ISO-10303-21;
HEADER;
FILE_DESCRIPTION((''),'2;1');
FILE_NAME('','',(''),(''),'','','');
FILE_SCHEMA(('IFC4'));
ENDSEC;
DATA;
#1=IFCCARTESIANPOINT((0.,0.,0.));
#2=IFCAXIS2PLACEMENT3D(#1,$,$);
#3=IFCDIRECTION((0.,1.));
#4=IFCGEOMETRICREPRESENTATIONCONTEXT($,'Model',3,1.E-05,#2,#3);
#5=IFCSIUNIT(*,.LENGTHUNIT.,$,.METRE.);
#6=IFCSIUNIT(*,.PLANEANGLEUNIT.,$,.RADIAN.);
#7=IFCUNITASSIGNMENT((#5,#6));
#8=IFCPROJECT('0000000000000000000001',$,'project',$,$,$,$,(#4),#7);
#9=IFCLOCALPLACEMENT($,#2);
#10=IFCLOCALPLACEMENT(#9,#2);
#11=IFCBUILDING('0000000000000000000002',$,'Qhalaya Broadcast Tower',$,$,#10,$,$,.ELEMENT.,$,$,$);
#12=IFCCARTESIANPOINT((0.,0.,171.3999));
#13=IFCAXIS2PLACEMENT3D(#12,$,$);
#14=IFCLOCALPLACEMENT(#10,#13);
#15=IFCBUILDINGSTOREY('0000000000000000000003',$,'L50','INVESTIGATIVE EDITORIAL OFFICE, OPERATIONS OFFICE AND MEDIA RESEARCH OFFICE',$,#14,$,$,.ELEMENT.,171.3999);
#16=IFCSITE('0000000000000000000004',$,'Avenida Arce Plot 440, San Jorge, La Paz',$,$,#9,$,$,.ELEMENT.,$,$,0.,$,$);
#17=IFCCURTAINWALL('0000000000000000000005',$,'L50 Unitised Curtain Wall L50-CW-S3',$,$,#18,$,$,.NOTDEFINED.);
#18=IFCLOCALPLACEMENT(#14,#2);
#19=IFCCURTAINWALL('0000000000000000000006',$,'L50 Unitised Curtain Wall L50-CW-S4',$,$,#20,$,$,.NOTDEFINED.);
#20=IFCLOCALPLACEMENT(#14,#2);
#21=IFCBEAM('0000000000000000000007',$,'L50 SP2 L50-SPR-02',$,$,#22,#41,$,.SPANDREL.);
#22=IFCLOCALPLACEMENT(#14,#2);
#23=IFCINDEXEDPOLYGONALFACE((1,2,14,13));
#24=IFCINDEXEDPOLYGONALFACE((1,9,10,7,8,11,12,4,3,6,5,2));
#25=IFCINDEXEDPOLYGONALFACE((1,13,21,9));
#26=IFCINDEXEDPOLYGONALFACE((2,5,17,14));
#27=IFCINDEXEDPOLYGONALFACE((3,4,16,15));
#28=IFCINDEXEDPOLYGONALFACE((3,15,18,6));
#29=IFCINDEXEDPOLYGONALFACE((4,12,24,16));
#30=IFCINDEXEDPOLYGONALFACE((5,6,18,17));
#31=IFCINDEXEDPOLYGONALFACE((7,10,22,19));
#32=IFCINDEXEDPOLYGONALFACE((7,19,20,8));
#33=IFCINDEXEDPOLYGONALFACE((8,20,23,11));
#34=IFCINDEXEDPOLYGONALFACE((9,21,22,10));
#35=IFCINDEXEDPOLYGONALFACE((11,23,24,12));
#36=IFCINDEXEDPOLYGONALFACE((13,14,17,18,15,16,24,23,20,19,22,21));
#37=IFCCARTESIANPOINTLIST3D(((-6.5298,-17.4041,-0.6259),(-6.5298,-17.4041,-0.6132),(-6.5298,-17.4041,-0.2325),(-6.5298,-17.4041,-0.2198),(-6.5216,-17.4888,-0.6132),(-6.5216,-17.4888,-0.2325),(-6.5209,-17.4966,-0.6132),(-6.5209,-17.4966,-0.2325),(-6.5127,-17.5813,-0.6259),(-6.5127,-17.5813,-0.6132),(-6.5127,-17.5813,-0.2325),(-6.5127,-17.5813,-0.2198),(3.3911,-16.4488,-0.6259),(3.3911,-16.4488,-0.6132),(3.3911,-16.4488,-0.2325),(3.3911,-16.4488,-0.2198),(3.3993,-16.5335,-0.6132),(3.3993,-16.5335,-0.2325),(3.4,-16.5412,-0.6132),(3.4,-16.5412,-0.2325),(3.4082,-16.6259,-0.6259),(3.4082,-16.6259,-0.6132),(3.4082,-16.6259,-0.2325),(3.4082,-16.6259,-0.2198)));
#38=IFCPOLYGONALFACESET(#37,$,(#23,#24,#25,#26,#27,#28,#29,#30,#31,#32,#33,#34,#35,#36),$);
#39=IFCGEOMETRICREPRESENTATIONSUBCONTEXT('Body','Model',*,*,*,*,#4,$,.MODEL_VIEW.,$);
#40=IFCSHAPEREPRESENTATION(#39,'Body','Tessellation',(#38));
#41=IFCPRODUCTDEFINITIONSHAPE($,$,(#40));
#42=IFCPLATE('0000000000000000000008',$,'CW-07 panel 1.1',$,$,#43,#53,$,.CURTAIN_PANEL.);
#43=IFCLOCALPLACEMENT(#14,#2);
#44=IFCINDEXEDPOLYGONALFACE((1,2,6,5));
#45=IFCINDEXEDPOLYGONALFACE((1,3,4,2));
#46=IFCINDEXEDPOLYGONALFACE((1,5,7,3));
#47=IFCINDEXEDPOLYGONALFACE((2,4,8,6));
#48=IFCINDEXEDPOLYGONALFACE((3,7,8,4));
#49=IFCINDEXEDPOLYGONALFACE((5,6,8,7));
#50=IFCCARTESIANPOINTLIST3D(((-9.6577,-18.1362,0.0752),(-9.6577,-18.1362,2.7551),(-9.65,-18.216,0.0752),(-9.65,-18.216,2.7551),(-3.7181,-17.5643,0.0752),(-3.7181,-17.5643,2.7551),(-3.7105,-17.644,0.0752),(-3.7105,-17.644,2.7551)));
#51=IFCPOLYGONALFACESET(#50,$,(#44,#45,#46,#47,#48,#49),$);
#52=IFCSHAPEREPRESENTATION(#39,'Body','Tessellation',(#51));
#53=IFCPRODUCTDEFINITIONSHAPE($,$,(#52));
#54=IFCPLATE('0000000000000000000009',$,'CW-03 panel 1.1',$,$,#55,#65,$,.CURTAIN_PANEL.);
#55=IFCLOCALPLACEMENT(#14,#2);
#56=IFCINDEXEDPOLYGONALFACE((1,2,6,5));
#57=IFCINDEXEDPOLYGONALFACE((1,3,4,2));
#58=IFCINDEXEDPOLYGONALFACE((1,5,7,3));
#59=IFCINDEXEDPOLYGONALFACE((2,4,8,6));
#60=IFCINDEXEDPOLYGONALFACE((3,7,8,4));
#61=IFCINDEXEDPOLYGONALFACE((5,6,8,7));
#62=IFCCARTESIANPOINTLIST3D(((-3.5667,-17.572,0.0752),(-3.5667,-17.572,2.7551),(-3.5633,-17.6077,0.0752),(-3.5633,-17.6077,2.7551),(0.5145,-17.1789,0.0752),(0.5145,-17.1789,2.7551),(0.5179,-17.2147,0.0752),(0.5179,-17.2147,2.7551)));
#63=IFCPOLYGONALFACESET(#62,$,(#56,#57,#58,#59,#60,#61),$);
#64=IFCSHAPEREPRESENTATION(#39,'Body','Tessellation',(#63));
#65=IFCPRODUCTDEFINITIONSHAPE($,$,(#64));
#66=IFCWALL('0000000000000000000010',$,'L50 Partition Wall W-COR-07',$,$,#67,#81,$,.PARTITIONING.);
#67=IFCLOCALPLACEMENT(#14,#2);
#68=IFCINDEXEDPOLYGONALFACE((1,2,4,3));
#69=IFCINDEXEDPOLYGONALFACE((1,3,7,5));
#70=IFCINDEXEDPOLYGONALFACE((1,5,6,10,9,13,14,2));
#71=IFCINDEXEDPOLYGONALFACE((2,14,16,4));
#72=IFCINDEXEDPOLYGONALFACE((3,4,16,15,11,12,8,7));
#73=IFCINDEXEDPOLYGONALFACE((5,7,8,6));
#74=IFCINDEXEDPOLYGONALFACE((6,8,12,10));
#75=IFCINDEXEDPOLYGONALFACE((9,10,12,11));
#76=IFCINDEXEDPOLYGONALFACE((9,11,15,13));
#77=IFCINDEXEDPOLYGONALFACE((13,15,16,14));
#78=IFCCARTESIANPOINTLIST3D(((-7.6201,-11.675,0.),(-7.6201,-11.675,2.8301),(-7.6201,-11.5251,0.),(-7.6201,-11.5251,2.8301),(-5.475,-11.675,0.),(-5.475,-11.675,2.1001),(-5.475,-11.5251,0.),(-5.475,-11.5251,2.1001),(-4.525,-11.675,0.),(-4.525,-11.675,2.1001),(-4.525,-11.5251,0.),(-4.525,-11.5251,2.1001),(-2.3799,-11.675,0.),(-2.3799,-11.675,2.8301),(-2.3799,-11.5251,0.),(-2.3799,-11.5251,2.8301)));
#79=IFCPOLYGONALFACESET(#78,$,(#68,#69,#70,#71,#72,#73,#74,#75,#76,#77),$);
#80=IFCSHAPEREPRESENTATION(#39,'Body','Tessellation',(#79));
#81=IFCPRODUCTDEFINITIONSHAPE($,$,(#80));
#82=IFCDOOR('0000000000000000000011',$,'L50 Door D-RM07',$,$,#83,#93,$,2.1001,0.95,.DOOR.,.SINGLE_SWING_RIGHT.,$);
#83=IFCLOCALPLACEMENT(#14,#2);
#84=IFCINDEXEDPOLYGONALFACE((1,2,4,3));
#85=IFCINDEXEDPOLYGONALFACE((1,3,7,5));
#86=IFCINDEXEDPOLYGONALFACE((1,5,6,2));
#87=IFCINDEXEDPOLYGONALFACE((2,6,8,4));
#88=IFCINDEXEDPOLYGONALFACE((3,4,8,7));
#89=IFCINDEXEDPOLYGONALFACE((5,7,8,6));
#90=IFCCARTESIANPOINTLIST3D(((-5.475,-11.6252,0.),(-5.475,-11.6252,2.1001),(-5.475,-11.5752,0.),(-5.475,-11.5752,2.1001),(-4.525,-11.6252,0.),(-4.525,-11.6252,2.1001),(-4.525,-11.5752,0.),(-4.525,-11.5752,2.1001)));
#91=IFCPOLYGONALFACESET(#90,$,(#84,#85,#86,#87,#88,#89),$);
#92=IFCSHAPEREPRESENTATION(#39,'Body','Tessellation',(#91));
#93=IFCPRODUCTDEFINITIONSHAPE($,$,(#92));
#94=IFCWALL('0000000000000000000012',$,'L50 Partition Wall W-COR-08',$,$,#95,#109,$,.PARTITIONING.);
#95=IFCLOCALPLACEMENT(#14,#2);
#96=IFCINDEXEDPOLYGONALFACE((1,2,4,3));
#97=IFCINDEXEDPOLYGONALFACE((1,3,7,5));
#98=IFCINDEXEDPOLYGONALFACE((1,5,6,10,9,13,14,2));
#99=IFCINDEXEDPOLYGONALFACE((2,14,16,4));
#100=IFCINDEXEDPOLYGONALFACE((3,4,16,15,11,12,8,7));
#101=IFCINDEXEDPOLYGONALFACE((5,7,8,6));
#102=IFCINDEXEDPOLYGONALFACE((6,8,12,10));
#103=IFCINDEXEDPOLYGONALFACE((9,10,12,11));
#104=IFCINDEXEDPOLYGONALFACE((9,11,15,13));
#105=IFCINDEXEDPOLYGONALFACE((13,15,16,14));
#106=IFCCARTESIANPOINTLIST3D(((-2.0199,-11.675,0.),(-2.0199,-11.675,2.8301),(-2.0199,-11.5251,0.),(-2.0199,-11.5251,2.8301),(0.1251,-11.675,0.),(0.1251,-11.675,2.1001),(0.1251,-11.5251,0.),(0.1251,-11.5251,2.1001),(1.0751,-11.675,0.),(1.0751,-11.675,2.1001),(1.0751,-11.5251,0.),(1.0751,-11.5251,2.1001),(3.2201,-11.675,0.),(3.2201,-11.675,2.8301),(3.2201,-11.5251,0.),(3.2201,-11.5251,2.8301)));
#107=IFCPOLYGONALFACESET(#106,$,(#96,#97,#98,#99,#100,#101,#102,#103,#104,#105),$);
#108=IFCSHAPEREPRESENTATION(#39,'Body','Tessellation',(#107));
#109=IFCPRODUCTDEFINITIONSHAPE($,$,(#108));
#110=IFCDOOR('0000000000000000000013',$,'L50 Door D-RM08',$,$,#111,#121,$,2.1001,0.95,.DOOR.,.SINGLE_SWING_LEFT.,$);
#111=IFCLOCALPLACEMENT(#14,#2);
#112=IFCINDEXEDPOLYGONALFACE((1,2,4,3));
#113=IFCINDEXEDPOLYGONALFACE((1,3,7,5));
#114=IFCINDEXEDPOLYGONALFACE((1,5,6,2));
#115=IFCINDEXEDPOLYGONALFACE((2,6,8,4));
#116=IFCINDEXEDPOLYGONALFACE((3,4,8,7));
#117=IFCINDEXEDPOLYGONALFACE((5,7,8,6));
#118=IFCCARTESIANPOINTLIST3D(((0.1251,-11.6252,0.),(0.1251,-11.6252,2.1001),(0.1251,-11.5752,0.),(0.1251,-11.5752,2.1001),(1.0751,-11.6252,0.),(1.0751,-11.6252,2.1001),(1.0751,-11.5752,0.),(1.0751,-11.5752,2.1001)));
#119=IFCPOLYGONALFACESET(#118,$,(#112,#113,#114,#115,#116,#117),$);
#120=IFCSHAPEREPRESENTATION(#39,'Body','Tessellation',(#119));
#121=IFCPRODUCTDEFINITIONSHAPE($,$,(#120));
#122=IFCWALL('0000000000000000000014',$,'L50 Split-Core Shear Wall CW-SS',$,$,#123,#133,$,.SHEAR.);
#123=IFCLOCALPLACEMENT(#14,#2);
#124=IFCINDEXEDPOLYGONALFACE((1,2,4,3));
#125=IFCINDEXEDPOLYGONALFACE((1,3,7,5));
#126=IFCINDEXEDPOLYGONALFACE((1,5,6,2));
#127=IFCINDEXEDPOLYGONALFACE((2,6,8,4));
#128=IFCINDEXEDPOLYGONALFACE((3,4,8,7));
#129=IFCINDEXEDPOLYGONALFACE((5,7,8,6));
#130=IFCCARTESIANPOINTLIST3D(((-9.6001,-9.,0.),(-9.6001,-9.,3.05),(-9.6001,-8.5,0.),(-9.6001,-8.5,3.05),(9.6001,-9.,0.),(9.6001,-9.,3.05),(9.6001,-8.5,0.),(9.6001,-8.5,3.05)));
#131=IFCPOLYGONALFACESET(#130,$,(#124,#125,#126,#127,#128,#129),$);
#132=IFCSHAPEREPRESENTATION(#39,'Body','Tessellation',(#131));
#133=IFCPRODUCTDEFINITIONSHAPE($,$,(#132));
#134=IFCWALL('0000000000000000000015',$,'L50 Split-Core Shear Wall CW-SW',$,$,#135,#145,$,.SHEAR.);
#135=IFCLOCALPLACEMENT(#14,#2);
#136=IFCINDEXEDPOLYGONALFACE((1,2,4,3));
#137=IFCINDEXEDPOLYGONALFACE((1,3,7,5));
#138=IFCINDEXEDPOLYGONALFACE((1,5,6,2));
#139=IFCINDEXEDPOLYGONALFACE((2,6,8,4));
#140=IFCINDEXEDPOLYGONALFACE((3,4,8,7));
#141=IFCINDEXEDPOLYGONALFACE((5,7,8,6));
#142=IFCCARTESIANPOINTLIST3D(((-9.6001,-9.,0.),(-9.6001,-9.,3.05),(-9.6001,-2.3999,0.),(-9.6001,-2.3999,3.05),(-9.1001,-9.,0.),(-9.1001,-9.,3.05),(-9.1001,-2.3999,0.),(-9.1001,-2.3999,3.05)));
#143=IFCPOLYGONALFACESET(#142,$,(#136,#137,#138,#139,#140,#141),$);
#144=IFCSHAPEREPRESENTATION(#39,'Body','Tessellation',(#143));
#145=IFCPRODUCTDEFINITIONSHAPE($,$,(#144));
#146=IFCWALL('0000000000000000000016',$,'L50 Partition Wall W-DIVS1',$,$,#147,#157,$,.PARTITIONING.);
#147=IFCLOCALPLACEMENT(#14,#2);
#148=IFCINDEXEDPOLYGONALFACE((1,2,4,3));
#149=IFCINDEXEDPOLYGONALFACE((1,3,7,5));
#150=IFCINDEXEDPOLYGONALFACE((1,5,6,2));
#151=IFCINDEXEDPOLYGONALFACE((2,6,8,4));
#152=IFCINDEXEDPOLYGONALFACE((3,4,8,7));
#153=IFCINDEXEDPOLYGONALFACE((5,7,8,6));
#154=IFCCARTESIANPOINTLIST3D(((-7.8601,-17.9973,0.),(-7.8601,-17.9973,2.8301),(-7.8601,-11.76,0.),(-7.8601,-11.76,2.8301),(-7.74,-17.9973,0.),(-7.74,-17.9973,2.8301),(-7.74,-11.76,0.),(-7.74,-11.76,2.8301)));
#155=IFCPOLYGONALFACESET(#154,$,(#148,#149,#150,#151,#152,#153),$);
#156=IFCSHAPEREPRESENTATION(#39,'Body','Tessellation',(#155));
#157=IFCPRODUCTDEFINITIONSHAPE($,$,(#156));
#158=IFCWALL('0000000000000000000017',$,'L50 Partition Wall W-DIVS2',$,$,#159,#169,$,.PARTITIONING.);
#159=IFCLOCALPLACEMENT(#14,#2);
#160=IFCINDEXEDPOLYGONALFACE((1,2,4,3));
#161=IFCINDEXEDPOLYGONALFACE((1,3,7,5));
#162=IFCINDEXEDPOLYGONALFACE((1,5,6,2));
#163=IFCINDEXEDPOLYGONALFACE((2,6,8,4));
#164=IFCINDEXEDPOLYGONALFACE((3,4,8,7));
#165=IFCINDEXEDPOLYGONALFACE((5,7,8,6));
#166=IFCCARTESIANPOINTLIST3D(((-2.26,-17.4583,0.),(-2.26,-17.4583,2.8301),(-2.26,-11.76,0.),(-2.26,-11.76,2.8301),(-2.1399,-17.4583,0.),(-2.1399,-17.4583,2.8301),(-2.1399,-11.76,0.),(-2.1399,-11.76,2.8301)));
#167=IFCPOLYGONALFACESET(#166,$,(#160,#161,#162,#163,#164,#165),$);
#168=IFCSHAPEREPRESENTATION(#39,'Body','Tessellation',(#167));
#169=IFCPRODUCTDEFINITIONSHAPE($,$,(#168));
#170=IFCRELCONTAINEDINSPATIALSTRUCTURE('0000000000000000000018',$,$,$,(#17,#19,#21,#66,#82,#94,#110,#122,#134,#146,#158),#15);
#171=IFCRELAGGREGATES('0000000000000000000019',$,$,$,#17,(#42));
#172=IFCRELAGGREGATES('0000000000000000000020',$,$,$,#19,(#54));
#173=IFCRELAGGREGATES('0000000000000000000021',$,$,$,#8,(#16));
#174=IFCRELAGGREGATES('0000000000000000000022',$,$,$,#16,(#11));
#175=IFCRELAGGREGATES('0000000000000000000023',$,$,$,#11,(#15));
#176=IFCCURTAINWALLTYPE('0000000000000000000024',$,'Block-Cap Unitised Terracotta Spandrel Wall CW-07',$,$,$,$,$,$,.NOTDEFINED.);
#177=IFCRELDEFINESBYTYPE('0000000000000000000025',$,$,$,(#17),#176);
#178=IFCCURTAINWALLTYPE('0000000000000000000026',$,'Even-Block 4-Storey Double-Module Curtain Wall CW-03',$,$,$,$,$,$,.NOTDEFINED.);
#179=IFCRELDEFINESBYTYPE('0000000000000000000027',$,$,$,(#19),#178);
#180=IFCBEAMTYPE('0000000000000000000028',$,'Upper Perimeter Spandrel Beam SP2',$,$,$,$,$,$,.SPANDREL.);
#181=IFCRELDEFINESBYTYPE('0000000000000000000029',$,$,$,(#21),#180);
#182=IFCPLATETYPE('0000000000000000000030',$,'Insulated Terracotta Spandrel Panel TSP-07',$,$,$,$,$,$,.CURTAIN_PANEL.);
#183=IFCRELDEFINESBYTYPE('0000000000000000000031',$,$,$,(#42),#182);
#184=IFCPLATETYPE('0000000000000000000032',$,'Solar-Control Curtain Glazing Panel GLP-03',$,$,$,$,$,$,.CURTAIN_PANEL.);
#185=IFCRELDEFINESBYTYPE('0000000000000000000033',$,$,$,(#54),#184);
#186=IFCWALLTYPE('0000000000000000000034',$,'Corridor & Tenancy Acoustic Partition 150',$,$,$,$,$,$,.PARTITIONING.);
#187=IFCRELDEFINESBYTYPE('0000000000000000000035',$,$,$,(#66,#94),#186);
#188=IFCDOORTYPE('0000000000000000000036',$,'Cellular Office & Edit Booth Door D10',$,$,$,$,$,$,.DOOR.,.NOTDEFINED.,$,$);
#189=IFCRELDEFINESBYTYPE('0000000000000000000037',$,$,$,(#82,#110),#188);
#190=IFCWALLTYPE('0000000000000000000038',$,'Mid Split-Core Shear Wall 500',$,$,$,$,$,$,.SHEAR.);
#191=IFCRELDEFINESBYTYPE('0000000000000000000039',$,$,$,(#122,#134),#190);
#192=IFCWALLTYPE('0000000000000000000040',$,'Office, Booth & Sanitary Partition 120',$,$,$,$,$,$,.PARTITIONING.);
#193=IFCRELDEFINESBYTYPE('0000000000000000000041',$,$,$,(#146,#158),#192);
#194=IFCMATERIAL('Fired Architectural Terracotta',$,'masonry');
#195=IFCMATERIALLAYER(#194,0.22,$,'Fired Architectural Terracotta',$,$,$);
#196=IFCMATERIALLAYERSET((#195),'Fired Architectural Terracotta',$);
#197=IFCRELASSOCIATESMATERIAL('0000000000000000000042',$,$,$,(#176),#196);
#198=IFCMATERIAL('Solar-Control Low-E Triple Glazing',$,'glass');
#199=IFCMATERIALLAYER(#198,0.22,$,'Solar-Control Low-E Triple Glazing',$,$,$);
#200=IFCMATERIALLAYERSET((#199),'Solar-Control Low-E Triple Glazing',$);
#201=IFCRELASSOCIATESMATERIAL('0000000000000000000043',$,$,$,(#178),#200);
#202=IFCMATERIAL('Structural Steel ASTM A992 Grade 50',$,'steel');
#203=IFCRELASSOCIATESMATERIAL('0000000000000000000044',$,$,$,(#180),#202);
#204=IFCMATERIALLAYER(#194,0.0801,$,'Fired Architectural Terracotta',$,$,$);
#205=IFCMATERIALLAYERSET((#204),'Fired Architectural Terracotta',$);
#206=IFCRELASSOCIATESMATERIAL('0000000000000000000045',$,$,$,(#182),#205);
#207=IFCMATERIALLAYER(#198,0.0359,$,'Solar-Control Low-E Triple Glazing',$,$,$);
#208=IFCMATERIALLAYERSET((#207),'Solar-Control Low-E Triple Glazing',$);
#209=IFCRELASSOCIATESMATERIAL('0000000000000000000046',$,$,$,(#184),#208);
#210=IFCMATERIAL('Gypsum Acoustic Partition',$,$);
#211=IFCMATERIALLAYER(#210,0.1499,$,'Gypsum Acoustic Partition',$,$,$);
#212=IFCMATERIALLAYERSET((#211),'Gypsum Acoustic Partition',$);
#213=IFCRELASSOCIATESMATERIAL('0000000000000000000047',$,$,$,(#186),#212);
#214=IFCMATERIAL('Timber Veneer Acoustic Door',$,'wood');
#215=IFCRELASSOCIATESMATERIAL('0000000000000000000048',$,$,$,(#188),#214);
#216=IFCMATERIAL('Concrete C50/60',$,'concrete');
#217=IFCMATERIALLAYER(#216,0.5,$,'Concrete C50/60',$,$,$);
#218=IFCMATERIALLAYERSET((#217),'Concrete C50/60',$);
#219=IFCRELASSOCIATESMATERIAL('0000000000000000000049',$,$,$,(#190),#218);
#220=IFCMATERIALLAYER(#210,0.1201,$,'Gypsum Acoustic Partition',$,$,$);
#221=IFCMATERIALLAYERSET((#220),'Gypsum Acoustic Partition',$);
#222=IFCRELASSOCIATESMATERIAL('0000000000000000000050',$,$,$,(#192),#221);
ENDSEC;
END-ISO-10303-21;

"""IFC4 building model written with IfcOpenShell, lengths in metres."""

from ifc_helpers import new_model, si_unit, direction, frame, frame_2d, origin, origin_2d, place, context, subcontext, project, spatial, rectangle, i_section, extrude, material, layer, layer_set, material_profile, profile_set, type_object, element, fill, aggregate, save


model = new_model("IFC4")

# Units and contexts
model_context = context("Model", 3, precision=1e-05, world=origin(), true_north=direction((0.0, 1.0)))
body_context = subcontext(model_context, "Body", "Model", "MODEL_VIEW")
ifc_project = project(units=[si_unit("LENGTHUNIT", "METRE"), si_unit("PLANEANGLEUNIT", "RADIAN")], contexts=[model_context])

# Site, building, storey
site_placement = place(None, origin())
site = spatial("IfcSite", under=ifc_project, at=site_placement, Name="Avenida Arce Plot 440, San Jorge, La Paz", CompositionType="ELEMENT", RefElevation=0.0)
building_placement = place(site_placement, origin())
building = spatial("IfcBuilding", under=site, at=building_placement, Name="Qhalaya Broadcast Tower", CompositionType="ELEMENT")
storey_placement = place(building_placement, frame((0.0, 0.0, 171.3999)))
storey = spatial("IfcBuildingStorey", under=building, at=storey_placement, Name="L50", Description="INVESTIGATIVE EDITORIAL OFFICE, OPERATIONS OFFICE AND MEDIA RESEARCH OFFICE", CompositionType="ELEMENT", Elevation=171.3999)

# Shared definitions
ifc_material_1 = material(Name="Structural Steel ASTM A992 Grade 50", Category="steel")

# Curtain walls
ifc_material_2 = material(Name="Fired Architectural Terracotta", Category="masonry")
ifc_layer_1 = layer(ifc_material_2, 0.22, Name="Fired Architectural Terracotta")
ifc_layer_set_1 = layer_set([ifc_layer_1], Name="Fired Architectural Terracotta")
curtain_wall_type_1 = type_object("IfcCurtainWallType", Name="Block-Cap Unitised Terracotta Spandrel Wall CW-07", PredefinedType="NOTDEFINED", material=ifc_layer_set_1)
curtain_wall_1_placement = place(storey_placement, origin())
curtain_wall_1 = element("IfcCurtainWall", 1, at=curtain_wall_1_placement, inside=storey, type_object=curtain_wall_type_1, Name="L50 Unitised Curtain Wall L50-CW-S3", PredefinedType="NOTDEFINED")
ifc_material_3 = material(Name="Solar-Control Low-E Triple Glazing", Category="glass")
ifc_layer_2 = layer(ifc_material_3, 0.22, Name="Solar-Control Low-E Triple Glazing")
ifc_layer_set_2 = layer_set([ifc_layer_2], Name="Solar-Control Low-E Triple Glazing")
curtain_wall_type_2 = type_object("IfcCurtainWallType", Name="Even-Block 4-Storey Double-Module Curtain Wall CW-03", PredefinedType="NOTDEFINED", material=ifc_layer_set_2)
curtain_wall_2_placement = place(storey_placement, origin())
curtain_wall_2 = element("IfcCurtainWall", 2, at=curtain_wall_2_placement, inside=storey, type_object=curtain_wall_type_2, Name="L50 Unitised Curtain Wall L50-CW-S4", PredefinedType="NOTDEFINED")

# Beam
ifc_material_profile_1 = material_profile(ifc_material_1, i_section(OverallWidth=0.178, OverallDepth=0.406, WebThickness=0.0078, FlangeThickness=0.0127, at=origin_2d()), Name="W16X40")
ifc_profile_set_1 = profile_set([ifc_material_profile_1], Name="Structural Steel ASTM A992 Grade 50")
beam_type_1 = type_object("IfcBeamType", Name="Upper Perimeter Spandrel Beam SP2", PredefinedType="SPANDREL", material=ifc_profile_set_1)
beam_1_placement = place(storey_placement, frame((-6.5212, -17.4927, -0.4229), z_axis=(0.995396, 0.095851, 0.0), x_axis=(-0.095851, 0.995396, 0.0)))
element("IfcBeam", 3, at=beam_1_placement, inside=storey, type_object=beam_type_1, Name="L50 SP2 L50-SPR-02", PredefinedType="SPANDREL", context=body_context, shape_type="SweptSolid", body=[
    extrude(i_section(OverallWidth=0.178, OverallDepth=0.406, WebThickness=0.0078, FlangeThickness=0.0127, at=origin_2d()), origin(), (0.0, 0.0, 1.0), 9.9668),
])

# Plates
ifc_layer_3 = layer(ifc_material_2, 0.0801, Name="Fired Architectural Terracotta")
ifc_layer_set_3 = layer_set([ifc_layer_3], Name="Fired Architectural Terracotta")
plate_type_1 = type_object("IfcPlateType", Name="Insulated Terracotta Spandrel Panel TSP-07", PredefinedType="CURTAIN_PANEL", material=ifc_layer_set_3)
plate_1_placement = place(storey_placement, frame((-6.6841, -17.8901, 0.0752), z_axis=(0.0, 0.0, 1.0), x_axis=(0.995396, 0.095848, 0.0)))
plate_1 = element("IfcPlate", 4, at=plate_1_placement, type_object=plate_type_1, Name="CW-07 panel 1.1", PredefinedType="CURTAIN_PANEL", context=body_context, shape_type="SweptSolid", body=[
    extrude(rectangle(XDim=5.967, YDim=0.0801, at=origin_2d()), origin(), (0.0, 0.0, 1.0), 2.6799),
])
aggregate(curtain_wall_1, [plate_1])
ifc_layer_4 = layer(ifc_material_3, 0.0359, Name="Solar-Control Low-E Triple Glazing")
ifc_layer_set_4 = layer_set([ifc_layer_4], Name="Solar-Control Low-E Triple Glazing")
plate_type_2 = type_object("IfcPlateType", Name="Solar-Control Curtain Glazing Panel GLP-03", PredefinedType="CURTAIN_PANEL", material=ifc_layer_set_4)
plate_2_placement = place(storey_placement, frame((-1.5244, -17.3933, 0.0752), z_axis=(0.0, 0.0, 1.0), x_axis=(0.995395, 0.095857, 0.0)))
plate_2 = element("IfcPlate", 5, at=plate_2_placement, type_object=plate_type_2, Name="CW-03 panel 1.1", PredefinedType="CURTAIN_PANEL", context=body_context, shape_type="SweptSolid", body=[
    extrude(rectangle(XDim=4.1001, YDim=0.0359, at=origin_2d()), origin(), (0.0, 0.0, 1.0), 2.6799),
])
aggregate(curtain_wall_2, [plate_2])

# Walls, openings, doors
ifc_material_4 = material(Name="Gypsum Acoustic Partition")
ifc_layer_5 = layer(ifc_material_4, 0.1499, Name="Gypsum Acoustic Partition")
ifc_layer_set_5 = layer_set([ifc_layer_5], Name="Gypsum Acoustic Partition")
wall_type_1 = type_object("IfcWallType", Name="Corridor & Tenancy Acoustic Partition 150", PredefinedType="PARTITIONING", material=ifc_layer_set_5)
wall_1_placement = place(storey_placement, frame((-7.6201, -11.6001, 0.0), z_axis=(0.0, 0.0, 1.0), x_axis=(1.0, 0.0, 0.0)))
wall_1 = element("IfcWall", 6, at=wall_1_placement, inside=storey, type_object=wall_type_1, Name="L50 Partition Wall W-COR-07", PredefinedType="PARTITIONING", context=body_context, shape_type="SweptSolid", body=[
    extrude(rectangle(XDim=5.2402, YDim=0.1499, at=frame_2d((2.6201, 0.0))), origin(), (0.0, 0.0, 1.0), 2.8301),
])
opening_1_placement = place(wall_1_placement, frame((2.145, 0.0, 0.0)))
opening_1 = element("IfcOpeningElement", 7, at=opening_1_placement, cuts=wall_1, PredefinedType="OPENING", context=body_context, shape_type="SweptSolid", body=[
    extrude(rectangle(XDim=0.95, YDim=2.1001, at=frame_2d((0.4751, 1.05))), frame((0.0, 0.0869, 0.0), z_axis=(0.0, -1.0, 0.0), x_axis=(1.0, 0.0, 0.0)), (0.0, 0.0, 1.0), 0.1738),
])
ifc_material_5 = material(Name="Timber Veneer Acoustic Door", Category="wood")
door_type = type_object("IfcDoorType", Name="Cellular Office & Edit Booth Door D10", OperationType="NOTDEFINED", PredefinedType="DOOR", material=ifc_material_5)
door_1_placement = place(opening_1_placement, origin())
door_1 = element("IfcDoor", 8, at=door_1_placement, inside=storey, type_object=door_type, Name="L50 Door D-RM07", OperationType="SINGLE_SWING_RIGHT", OverallHeight=2.1001, OverallWidth=0.95, PredefinedType="DOOR", context=body_context, shape_type="SweptSolid", body=[
    extrude(rectangle(XDim=0.95, YDim=2.1001, at=frame_2d((0.4751, 1.05))), frame((0.0, 0.0249, 0.0), z_axis=(0.0, -1.0, 0.0), x_axis=(1.0, 0.0, 0.0)), (0.0, 0.0, 1.0), 0.05),
])
fill(opening_1, door_1)
wall_2_placement = place(storey_placement, frame((-2.02, -11.6001, 0.0), z_axis=(0.0, 0.0, 1.0), x_axis=(1.0, 0.0, 0.0)))
wall_2 = element("IfcWall", 9, at=wall_2_placement, inside=storey, type_object=wall_type_1, Name="L50 Partition Wall W-COR-08", PredefinedType="PARTITIONING", context=body_context, shape_type="SweptSolid", body=[
    extrude(rectangle(XDim=5.24, YDim=0.1499, at=frame_2d((2.6201, 0.0))), origin(), (0.0, 0.0, 1.0), 2.8301),
])
opening_2_placement = place(wall_2_placement, frame((2.145, 0.0, 0.0)))
opening_2 = element("IfcOpeningElement", 10, at=opening_2_placement, cuts=wall_2, PredefinedType="OPENING", context=body_context, shape_type="SweptSolid", body=[
    extrude(rectangle(XDim=0.95, YDim=2.1001, at=frame_2d((0.4751, 1.05))), frame((0.0, 0.0869, 0.0), z_axis=(0.0, -1.0, 0.0), x_axis=(1.0, 0.0, 0.0)), (0.0, 0.0, 1.0), 0.1738),
])
door_2_placement = place(opening_2_placement, origin())
door_2 = element("IfcDoor", 11, at=door_2_placement, inside=storey, type_object=door_type, Name="L50 Door D-RM08", OperationType="SINGLE_SWING_LEFT", OverallHeight=2.1001, OverallWidth=0.95, PredefinedType="DOOR", context=body_context, shape_type="SweptSolid", body=[
    extrude(rectangle(XDim=0.95, YDim=2.1001, at=frame_2d((0.4751, 1.05))), frame((0.0, 0.0249, 0.0), z_axis=(0.0, -1.0, 0.0), x_axis=(1.0, 0.0, 0.0)), (0.0, 0.0, 1.0), 0.05),
])
fill(opening_2, door_2)

# Walls
ifc_material_6 = material(Name="Concrete C50/60", Category="concrete")
ifc_layer_6 = layer(ifc_material_6, 0.5, Name="Concrete C50/60")
ifc_layer_set_6 = layer_set([ifc_layer_6], Name="Concrete C50/60")
wall_type_2 = type_object("IfcWallType", Name="Mid Split-Core Shear Wall 500", PredefinedType="SHEAR", material=ifc_layer_set_6)
wall_3_placement = place(storey_placement, frame((-9.6001, -8.75, 0.0), z_axis=(0.0, 0.0, 1.0), x_axis=(1.0, 0.0, 0.0)))
element("IfcWall", 12, at=wall_3_placement, inside=storey, type_object=wall_type_2, Name="L50 Split-Core Shear Wall CW-SS", PredefinedType="SHEAR", context=body_context, shape_type="SweptSolid", body=[
    extrude(rectangle(XDim=19.2002, YDim=0.5, at=frame_2d((9.6001, 0.0))), origin(), (0.0, 0.0, 1.0), 3.05),
])
wall_4_placement = place(storey_placement, frame((-9.3501, -9.0, 0.0), z_axis=(0.0, 0.0, 1.0), x_axis=(0.0, 1.0, 0.0)))
element("IfcWall", 13, at=wall_4_placement, inside=storey, type_object=wall_type_2, Name="L50 Split-Core Shear Wall CW-SW", PredefinedType="SHEAR", context=body_context, shape_type="SweptSolid", body=[
    extrude(rectangle(XDim=6.6001, YDim=0.5, at=frame_2d((3.3, 0.0))), origin(), (0.0, 0.0, 1.0), 3.05),
])
ifc_layer_7 = layer(ifc_material_4, 0.1201, Name="Gypsum Acoustic Partition")
ifc_layer_set_7 = layer_set([ifc_layer_7], Name="Gypsum Acoustic Partition")
wall_type_3 = type_object("IfcWallType", Name="Office, Booth & Sanitary Partition 120", PredefinedType="PARTITIONING", material=ifc_layer_set_7)
wall_5_placement = place(storey_placement, frame((-7.8, -17.9973, 0.0), z_axis=(0.0, 0.0, 1.0), x_axis=(0.0, 1.0, 0.0)))
element("IfcWall", 14, at=wall_5_placement, inside=storey, type_object=wall_type_3, Name="L50 Partition Wall W-DIVS1", PredefinedType="PARTITIONING", context=body_context, shape_type="SweptSolid", body=[
    extrude(rectangle(XDim=6.2373, YDim=0.1201, at=frame_2d((3.1187, 0.0))), origin(), (0.0, 0.0, 1.0), 2.8301),
])
wall_6_placement = place(storey_placement, frame((-2.2, -17.4583, 0.0), z_axis=(0.0, 0.0, 1.0), x_axis=(0.0, 1.0, 0.0)))
element("IfcWall", 15, at=wall_6_placement, inside=storey, type_object=wall_type_3, Name="L50 Partition Wall W-DIVS2", PredefinedType="PARTITIONING", context=body_context, shape_type="SweptSolid", body=[
    extrude(rectangle(XDim=5.6982, YDim=0.1201, at=frame_2d((2.8491, 0.0))), origin(), (0.0, 0.0, 1.0), 2.8301),
])

save(model, "model.ifc")
